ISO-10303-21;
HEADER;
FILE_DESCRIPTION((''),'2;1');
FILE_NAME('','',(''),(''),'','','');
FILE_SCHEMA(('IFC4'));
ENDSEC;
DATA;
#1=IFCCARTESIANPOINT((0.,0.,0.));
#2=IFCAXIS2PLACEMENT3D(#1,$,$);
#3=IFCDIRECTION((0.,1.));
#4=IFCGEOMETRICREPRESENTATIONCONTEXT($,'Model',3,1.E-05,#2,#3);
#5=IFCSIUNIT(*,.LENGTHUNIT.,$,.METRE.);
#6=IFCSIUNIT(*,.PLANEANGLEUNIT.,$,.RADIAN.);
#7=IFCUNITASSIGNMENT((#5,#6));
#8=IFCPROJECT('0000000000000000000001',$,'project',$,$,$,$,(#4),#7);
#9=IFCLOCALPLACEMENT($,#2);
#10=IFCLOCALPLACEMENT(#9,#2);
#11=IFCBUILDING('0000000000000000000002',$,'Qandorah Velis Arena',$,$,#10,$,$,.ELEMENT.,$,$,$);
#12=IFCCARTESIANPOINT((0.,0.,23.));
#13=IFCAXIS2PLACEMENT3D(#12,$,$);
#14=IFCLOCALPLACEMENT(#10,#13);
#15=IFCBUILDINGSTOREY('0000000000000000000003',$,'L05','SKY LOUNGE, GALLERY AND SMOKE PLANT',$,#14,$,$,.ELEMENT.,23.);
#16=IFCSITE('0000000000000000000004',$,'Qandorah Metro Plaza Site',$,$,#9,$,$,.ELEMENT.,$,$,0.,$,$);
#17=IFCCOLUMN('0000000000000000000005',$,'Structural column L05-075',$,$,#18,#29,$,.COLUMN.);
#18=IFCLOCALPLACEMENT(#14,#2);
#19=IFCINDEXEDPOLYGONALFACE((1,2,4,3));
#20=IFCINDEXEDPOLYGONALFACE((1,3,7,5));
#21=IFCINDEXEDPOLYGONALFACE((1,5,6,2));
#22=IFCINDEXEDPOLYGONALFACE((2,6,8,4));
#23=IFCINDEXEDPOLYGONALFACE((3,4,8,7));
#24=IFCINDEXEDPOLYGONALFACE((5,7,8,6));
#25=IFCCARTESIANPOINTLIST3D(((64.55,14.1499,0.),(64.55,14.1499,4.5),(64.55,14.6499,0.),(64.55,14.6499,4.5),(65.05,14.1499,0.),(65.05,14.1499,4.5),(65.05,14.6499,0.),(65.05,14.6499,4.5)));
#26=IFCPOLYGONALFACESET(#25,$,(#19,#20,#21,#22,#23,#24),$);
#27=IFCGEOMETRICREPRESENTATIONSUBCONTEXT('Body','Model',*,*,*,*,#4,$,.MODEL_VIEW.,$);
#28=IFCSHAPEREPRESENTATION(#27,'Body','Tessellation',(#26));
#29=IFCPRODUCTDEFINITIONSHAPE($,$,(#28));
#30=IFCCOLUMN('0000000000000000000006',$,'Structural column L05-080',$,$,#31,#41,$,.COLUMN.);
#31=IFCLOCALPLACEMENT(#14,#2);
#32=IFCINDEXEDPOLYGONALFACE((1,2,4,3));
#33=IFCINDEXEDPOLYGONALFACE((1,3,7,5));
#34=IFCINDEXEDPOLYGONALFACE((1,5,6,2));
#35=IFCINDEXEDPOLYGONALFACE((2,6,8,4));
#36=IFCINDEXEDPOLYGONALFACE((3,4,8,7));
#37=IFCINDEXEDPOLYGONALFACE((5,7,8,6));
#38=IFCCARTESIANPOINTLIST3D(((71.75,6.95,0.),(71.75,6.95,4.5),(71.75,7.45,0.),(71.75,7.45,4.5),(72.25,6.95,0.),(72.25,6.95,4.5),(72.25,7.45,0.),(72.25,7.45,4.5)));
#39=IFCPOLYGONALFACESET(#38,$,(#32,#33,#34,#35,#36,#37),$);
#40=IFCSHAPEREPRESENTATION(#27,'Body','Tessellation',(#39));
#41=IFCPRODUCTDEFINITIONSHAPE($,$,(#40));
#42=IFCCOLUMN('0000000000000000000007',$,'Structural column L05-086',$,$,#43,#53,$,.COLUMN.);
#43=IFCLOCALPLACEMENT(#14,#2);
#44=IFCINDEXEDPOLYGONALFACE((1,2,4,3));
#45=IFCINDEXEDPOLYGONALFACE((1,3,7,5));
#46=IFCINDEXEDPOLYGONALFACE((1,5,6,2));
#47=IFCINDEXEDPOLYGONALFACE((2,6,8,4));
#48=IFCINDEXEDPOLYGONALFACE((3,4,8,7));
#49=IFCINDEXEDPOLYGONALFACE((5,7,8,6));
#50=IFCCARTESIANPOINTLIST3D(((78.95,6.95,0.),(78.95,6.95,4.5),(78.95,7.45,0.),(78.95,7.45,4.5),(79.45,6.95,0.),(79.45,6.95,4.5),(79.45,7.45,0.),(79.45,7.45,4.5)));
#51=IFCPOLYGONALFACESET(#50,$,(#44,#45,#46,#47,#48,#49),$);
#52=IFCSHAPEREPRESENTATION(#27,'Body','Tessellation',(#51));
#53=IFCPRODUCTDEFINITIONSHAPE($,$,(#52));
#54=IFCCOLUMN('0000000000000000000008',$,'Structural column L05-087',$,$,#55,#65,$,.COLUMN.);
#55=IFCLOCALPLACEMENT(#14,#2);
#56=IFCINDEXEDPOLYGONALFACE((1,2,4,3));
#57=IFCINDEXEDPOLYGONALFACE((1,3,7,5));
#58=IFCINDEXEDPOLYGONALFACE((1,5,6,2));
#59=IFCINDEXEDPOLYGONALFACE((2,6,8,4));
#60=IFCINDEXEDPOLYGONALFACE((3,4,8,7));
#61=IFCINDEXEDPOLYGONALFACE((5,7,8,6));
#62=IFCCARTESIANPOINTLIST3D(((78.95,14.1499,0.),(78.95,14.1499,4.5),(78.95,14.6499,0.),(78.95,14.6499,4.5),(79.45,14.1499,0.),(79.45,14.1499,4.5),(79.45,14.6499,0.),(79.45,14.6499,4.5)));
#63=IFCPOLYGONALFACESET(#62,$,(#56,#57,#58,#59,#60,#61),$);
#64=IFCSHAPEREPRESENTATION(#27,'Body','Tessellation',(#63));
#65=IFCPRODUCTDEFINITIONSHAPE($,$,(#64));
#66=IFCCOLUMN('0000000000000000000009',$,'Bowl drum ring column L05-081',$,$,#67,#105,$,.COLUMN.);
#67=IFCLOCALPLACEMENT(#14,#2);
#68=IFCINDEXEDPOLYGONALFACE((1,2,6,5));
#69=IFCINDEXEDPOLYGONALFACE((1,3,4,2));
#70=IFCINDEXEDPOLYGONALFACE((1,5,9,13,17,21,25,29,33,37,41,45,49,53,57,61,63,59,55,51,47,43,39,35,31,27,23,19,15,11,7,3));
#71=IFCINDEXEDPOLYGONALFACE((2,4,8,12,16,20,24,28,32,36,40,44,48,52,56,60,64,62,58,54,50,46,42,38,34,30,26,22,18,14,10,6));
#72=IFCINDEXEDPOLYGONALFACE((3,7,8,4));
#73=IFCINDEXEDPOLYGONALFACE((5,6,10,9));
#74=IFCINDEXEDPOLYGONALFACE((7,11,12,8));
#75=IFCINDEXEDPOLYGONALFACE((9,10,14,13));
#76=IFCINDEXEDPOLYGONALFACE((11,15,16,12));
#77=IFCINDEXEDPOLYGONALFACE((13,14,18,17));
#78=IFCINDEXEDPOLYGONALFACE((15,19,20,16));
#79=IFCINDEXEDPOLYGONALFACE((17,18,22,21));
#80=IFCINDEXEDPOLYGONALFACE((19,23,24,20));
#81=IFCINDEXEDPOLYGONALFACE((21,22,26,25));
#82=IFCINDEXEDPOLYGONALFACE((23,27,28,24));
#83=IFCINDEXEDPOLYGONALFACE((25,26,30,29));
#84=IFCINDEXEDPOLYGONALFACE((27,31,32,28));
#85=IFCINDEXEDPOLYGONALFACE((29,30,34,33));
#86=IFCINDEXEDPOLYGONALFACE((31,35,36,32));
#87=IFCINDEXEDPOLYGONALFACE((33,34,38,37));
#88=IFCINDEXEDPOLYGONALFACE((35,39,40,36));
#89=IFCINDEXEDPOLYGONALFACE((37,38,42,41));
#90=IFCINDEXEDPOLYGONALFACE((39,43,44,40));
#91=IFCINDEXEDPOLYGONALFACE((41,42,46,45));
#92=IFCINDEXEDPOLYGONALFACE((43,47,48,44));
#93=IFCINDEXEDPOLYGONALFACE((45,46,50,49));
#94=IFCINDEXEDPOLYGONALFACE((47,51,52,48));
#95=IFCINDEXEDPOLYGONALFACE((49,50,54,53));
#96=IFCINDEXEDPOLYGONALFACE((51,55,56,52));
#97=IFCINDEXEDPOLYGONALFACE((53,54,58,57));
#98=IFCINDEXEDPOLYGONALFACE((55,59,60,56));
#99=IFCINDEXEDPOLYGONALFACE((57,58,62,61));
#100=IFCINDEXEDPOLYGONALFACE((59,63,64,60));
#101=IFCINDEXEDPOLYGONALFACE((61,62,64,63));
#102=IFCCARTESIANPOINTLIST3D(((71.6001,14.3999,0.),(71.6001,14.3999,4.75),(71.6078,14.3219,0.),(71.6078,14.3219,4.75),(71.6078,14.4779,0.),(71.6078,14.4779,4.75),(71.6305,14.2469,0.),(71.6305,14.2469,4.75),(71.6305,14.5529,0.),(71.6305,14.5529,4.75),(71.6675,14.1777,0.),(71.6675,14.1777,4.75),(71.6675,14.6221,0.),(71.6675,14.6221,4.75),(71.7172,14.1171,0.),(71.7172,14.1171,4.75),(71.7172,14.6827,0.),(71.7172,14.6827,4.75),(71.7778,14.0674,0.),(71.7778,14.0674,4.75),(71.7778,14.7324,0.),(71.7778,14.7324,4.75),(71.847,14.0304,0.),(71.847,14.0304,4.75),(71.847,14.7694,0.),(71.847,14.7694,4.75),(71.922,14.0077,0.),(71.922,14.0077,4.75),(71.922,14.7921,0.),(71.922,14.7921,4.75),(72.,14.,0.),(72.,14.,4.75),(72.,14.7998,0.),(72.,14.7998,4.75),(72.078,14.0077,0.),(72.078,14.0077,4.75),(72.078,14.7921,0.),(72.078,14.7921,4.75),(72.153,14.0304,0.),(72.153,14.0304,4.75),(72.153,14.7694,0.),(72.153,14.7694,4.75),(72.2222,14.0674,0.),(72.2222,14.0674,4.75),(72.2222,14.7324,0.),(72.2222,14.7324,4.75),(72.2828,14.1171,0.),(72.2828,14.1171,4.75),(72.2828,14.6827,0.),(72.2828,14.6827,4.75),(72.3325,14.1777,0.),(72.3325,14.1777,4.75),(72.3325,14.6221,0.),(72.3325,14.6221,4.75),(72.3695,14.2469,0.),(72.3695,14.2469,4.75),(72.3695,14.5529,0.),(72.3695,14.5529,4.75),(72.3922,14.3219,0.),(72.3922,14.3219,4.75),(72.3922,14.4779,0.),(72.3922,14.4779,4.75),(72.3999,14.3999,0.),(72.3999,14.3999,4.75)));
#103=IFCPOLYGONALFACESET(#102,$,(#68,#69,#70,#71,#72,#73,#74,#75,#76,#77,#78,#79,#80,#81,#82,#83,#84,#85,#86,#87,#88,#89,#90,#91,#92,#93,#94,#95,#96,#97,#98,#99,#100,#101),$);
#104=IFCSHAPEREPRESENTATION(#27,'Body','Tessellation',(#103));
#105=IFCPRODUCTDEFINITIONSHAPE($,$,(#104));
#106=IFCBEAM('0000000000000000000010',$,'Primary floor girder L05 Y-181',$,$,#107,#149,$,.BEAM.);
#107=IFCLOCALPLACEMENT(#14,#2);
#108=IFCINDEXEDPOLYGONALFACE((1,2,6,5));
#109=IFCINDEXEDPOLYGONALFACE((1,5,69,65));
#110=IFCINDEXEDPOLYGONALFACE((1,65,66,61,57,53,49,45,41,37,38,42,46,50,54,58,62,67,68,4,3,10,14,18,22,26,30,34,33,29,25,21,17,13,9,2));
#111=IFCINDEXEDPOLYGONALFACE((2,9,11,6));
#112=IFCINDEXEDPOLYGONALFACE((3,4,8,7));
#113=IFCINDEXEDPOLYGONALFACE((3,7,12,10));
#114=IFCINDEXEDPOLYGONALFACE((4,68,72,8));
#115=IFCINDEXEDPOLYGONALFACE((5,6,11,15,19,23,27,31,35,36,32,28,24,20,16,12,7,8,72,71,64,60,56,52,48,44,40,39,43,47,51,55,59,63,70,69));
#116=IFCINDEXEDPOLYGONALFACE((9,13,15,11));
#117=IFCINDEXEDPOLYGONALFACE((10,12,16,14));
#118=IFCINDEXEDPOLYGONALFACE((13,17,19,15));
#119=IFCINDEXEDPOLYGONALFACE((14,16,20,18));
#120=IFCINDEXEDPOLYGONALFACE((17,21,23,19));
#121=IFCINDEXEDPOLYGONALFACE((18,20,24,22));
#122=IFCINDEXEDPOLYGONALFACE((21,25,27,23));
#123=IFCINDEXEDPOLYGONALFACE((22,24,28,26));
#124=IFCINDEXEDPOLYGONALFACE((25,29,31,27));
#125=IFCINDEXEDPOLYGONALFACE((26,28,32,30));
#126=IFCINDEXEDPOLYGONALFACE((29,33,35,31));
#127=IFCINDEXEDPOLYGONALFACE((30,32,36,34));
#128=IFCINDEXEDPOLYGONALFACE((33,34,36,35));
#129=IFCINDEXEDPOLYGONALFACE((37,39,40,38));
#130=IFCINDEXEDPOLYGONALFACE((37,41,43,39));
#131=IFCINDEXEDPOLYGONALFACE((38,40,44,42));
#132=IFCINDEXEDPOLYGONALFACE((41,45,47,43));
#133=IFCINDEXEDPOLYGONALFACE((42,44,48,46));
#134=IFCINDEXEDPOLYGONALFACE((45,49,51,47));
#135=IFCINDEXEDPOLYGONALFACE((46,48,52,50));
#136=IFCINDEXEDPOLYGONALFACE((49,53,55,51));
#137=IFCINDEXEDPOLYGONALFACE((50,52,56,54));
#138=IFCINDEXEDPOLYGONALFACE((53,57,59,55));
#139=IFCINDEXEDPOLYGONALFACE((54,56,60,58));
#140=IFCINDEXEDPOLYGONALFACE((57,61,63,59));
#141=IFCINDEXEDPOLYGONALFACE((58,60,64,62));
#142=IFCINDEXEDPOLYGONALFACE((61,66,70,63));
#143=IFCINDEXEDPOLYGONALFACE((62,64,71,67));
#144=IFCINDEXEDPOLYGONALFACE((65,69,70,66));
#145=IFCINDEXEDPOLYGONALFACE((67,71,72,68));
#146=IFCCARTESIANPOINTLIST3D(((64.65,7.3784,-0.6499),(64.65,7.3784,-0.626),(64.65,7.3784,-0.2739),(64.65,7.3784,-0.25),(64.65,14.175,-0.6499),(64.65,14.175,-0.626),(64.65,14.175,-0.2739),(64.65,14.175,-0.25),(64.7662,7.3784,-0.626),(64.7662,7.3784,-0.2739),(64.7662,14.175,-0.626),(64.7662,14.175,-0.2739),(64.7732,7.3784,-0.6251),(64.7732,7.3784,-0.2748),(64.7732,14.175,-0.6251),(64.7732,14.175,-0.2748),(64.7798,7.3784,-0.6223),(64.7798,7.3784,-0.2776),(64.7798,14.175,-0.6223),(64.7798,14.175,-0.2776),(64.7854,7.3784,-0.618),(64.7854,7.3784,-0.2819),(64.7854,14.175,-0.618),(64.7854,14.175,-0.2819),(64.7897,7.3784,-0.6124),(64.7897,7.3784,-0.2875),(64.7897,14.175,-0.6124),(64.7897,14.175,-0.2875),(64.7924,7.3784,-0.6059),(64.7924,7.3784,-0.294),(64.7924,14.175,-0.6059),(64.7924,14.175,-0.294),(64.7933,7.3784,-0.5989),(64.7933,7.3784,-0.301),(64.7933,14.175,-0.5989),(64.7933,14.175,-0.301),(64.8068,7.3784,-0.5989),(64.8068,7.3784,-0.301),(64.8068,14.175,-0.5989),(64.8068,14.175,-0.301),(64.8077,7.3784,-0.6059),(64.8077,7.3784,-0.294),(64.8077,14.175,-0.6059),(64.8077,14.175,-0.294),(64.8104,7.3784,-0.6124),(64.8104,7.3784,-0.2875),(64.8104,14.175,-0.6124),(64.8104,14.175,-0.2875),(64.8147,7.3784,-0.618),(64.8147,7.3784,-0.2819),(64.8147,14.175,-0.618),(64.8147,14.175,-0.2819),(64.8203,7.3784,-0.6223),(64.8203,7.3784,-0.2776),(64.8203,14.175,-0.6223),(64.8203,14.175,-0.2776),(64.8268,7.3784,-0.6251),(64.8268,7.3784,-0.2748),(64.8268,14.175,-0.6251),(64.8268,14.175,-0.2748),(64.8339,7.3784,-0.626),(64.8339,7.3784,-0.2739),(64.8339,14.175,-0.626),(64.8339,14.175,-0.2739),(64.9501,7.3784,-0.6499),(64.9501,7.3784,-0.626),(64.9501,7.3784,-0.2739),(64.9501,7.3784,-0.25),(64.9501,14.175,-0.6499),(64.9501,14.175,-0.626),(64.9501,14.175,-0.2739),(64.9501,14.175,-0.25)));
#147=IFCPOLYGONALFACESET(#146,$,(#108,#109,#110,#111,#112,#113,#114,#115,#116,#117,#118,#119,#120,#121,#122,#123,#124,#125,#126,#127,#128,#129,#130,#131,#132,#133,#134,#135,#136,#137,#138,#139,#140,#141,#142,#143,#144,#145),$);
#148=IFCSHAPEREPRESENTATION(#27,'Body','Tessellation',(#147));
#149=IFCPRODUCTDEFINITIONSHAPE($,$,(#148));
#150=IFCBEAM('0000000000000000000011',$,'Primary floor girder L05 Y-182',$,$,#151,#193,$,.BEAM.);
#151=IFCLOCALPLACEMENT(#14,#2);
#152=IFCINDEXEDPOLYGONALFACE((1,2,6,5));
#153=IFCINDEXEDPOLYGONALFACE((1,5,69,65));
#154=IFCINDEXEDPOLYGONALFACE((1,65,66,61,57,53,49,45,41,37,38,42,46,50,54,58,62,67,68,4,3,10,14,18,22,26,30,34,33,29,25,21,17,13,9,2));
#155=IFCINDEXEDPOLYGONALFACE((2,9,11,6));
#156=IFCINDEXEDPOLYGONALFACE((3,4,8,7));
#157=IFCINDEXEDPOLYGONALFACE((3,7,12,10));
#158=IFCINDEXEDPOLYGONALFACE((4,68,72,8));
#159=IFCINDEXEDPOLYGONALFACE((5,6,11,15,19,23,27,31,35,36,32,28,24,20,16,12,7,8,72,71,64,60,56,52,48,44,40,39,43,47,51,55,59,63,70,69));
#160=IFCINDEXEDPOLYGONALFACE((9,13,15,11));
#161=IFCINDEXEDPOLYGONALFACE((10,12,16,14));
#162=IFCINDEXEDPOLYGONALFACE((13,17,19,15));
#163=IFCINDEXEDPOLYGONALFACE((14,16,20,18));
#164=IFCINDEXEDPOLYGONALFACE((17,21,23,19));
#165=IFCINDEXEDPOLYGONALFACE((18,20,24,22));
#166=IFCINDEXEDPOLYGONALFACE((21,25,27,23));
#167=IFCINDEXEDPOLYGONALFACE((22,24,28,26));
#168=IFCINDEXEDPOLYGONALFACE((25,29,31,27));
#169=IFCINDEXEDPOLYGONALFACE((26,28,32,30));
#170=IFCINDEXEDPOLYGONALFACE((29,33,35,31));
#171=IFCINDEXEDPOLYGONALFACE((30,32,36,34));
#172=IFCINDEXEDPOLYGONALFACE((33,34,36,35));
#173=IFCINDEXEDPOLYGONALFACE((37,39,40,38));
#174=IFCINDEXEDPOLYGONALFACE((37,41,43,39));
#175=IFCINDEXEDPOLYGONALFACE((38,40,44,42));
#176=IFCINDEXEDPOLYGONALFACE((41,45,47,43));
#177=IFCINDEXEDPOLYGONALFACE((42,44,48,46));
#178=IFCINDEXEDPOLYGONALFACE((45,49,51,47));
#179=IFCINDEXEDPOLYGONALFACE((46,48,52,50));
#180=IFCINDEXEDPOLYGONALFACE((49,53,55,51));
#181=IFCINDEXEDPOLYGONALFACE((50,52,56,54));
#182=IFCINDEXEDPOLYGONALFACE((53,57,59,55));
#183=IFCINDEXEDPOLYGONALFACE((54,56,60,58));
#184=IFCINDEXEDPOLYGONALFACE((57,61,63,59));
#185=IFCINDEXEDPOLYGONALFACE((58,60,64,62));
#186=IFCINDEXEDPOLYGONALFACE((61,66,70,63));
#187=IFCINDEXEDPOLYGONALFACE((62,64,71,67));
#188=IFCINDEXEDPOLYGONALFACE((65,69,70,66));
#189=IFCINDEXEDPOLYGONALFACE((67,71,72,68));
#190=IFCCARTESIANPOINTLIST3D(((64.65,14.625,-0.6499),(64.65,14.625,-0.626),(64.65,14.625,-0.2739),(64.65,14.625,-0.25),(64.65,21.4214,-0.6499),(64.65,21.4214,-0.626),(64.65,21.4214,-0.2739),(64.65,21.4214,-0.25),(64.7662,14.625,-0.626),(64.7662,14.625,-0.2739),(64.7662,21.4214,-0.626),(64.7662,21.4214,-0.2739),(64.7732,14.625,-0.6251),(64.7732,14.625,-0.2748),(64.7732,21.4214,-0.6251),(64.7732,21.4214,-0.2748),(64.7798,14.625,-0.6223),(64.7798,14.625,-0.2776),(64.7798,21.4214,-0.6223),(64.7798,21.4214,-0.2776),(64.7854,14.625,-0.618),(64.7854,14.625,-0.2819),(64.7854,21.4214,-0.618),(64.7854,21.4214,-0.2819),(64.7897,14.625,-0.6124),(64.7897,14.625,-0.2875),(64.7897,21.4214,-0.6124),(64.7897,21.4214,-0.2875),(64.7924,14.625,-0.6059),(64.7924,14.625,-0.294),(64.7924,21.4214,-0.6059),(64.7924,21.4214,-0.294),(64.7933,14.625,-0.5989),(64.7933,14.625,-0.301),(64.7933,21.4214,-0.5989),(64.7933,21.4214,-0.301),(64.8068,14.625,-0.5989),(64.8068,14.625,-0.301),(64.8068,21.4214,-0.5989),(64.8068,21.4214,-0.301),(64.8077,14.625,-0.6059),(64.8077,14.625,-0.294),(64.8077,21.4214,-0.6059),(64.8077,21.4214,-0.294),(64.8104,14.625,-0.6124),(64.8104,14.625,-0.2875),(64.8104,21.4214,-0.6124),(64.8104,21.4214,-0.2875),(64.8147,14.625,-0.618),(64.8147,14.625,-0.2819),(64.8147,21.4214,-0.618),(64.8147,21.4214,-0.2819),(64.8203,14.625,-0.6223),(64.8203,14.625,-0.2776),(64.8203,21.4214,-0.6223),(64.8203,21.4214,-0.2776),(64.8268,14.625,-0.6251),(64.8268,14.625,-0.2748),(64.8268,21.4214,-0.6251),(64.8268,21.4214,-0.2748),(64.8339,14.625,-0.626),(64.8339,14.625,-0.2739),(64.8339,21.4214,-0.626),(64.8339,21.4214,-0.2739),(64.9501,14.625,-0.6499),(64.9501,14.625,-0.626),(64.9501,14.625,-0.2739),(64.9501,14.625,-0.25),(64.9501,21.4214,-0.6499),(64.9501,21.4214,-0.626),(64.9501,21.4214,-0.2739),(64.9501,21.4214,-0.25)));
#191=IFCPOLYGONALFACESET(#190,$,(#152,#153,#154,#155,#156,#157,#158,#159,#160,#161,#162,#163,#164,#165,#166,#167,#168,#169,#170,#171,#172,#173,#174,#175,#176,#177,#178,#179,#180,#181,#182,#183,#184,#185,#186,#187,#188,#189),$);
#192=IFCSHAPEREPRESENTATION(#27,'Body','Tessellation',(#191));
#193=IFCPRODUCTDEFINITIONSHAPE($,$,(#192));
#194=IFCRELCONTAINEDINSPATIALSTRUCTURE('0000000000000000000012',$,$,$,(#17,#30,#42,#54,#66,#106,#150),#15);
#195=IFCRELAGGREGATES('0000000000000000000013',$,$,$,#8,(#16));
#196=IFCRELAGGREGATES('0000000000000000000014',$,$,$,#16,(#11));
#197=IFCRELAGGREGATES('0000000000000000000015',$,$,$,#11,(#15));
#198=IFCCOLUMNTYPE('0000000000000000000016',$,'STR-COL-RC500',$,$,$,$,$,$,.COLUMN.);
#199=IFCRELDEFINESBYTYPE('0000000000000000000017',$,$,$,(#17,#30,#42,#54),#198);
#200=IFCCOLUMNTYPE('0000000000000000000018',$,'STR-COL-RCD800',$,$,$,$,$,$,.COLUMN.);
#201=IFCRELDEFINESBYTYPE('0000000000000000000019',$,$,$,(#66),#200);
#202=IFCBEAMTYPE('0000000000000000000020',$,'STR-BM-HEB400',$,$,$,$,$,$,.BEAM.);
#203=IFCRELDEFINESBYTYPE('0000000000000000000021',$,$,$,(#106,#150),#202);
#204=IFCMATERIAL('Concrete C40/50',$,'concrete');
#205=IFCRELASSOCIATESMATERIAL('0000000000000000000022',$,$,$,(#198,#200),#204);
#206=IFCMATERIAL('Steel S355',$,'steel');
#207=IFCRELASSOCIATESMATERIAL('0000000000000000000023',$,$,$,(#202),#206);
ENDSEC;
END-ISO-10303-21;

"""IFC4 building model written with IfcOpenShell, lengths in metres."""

from ifc_helpers import new_model, si_unit, direction, frame, origin, origin_2d, place, context, subcontext, project, spatial, rectangle, circle, i_section, extrude, material, material_profile, profile_set, type_object, element, save


model = new_model("IFC4")

# Units and contexts
model_context = context("Model", 3, precision=1e-05, world=origin(), true_north=direction((0.0, 1.0)))
body_context = subcontext(model_context, "Body", "Model", "MODEL_VIEW")
ifc_project = project(units=[si_unit("LENGTHUNIT", "METRE"), si_unit("PLANEANGLEUNIT", "RADIAN")], contexts=[model_context])

# Site, building, storey
site_placement = place(None, origin())
site = spatial("IfcSite", under=ifc_project, at=site_placement, Name="Qandorah Metro Plaza Site", CompositionType="ELEMENT", RefElevation=0.0)
building_placement = place(site_placement, origin())
building = spatial("IfcBuilding", under=site, at=building_placement, Name="Qandorah Velis Arena", CompositionType="ELEMENT")
storey_placement = place(building_placement, frame((0.0, 0.0, 23.0)))
storey = spatial("IfcBuildingStorey", under=building, at=storey_placement, Name="L05", Description="SKY LOUNGE, GALLERY AND SMOKE PLANT", CompositionType="ELEMENT", Elevation=23.0)

# Columns
ifc_material_1 = material(Name="Concrete C40/50", Category="concrete")
ifc_material_profile_1 = material_profile(ifc_material_1, rectangle(XDim=0.5, YDim=0.5, at=origin_2d()), Name="RC COL 500x500")
ifc_profile_set_1 = profile_set([ifc_material_profile_1], Name="Concrete C40/50")
column_type_1 = type_object("IfcColumnType", Name="STR-COL-RC500", PredefinedType="COLUMN", material=ifc_profile_set_1)
for number, where, z_axis, x_axis, name in (
    (1, (64.8, 14.3999, 0.0), (0.0, 0.0, 1.0), (1.0, 0.0, 0.0), "Structural column L05-075"),
    (2, (72.0, 7.2, 0.0), (0.0, 0.0, 1.0), (1.0, 0.0, 0.0), "Structural column L05-080"),
    (3, (79.2, 7.2, 0.0), (0.0, 0.0, 1.0), (1.0, 0.0, 0.0), "Structural column L05-086"),
    (4, (79.2, 14.3999, 0.0), (0.0, 0.0, 1.0), (1.0, 0.0, 0.0), "Structural column L05-087"),
):
    element("IfcColumn", number, at=place(storey_placement, frame(where, z_axis=z_axis, x_axis=x_axis)), inside=storey, type_object=column_type_1, Name=name, PredefinedType="COLUMN", context=body_context, shape_type="SweptSolid", body=[
        extrude(rectangle(XDim=0.5, YDim=0.5, at=origin_2d()), origin(), (0.0, 0.0, 1.0), 4.5),
    ])
ifc_material_profile_2 = material_profile(ifc_material_1, circle(Radius=0.3999, at=origin_2d()), Name="RC D800")
ifc_profile_set_2 = profile_set([ifc_material_profile_2], Name="Concrete C40/50")
column_type_2 = type_object("IfcColumnType", Name="STR-COL-RCD800", PredefinedType="COLUMN", material=ifc_profile_set_2)
column_placement = place(storey_placement, frame((72.0, 14.3999, 0.0), z_axis=(0.0, 0.0, 1.0), x_axis=(1.0, 0.0, 0.0)))
element("IfcColumn", 5, at=column_placement, inside=storey, type_object=column_type_2, Name="Bowl drum ring column L05-081", PredefinedType="COLUMN", context=body_context, shape_type="SweptSolid", body=[
    extrude(circle(Radius=0.3999, at=origin_2d()), origin(), (0.0, 0.0, 1.0), 4.75),
])

# Beams
ifc_material_2 = material(Name="Steel S355", Category="steel")
ifc_material_profile_3 = material_profile(ifc_material_2, i_section(OverallWidth=0.3, OverallDepth=0.3999, WebThickness=0.0134, FlangeThickness=0.0239, FilletRadius=0.0271, at=origin_2d()), Name="HEB 400")
ifc_profile_set_3 = profile_set([ifc_material_profile_3], Name="Steel S355")
beam_type_1 = type_object("IfcBeamType", Name="STR-BM-HEB400", PredefinedType="BEAM", material=ifc_profile_set_3)
beam_1_placement = place(storey_placement, frame((64.8, 7.3784, -0.45), z_axis=(0.0, 1.0, 0.0), x_axis=(-1.0, 0.0, 0.0)))
element("IfcBeam", 6, at=beam_1_placement, inside=storey, type_object=beam_type_1, Name="Primary floor girder L05 Y-181", PredefinedType="BEAM", context=body_context, shape_type="SweptSolid", body=[
    extrude(i_section(OverallWidth=0.3, OverallDepth=0.3999, WebThickness=0.0134, FlangeThickness=0.0239, FilletRadius=0.0271, at=origin_2d()), origin(), (0.0, 0.0, 1.0), 6.7966),
])
beam_2_placement = place(storey_placement, frame((64.8, 14.625, -0.45), z_axis=(0.0, 1.0, 0.0), x_axis=(-1.0, 0.0, 0.0)))
element("IfcBeam", 7, at=beam_2_placement, inside=storey, type_object=beam_type_1, Name="Primary floor girder L05 Y-182", PredefinedType="BEAM", context=body_context, shape_type="SweptSolid", body=[
    extrude(i_section(OverallWidth=0.3, OverallDepth=0.3999, WebThickness=0.0134, FlangeThickness=0.0239, FilletRadius=0.0271, at=origin_2d()), origin(), (0.0, 0.0, 1.0), 6.7964),
])

save(model, "model.ifc")
